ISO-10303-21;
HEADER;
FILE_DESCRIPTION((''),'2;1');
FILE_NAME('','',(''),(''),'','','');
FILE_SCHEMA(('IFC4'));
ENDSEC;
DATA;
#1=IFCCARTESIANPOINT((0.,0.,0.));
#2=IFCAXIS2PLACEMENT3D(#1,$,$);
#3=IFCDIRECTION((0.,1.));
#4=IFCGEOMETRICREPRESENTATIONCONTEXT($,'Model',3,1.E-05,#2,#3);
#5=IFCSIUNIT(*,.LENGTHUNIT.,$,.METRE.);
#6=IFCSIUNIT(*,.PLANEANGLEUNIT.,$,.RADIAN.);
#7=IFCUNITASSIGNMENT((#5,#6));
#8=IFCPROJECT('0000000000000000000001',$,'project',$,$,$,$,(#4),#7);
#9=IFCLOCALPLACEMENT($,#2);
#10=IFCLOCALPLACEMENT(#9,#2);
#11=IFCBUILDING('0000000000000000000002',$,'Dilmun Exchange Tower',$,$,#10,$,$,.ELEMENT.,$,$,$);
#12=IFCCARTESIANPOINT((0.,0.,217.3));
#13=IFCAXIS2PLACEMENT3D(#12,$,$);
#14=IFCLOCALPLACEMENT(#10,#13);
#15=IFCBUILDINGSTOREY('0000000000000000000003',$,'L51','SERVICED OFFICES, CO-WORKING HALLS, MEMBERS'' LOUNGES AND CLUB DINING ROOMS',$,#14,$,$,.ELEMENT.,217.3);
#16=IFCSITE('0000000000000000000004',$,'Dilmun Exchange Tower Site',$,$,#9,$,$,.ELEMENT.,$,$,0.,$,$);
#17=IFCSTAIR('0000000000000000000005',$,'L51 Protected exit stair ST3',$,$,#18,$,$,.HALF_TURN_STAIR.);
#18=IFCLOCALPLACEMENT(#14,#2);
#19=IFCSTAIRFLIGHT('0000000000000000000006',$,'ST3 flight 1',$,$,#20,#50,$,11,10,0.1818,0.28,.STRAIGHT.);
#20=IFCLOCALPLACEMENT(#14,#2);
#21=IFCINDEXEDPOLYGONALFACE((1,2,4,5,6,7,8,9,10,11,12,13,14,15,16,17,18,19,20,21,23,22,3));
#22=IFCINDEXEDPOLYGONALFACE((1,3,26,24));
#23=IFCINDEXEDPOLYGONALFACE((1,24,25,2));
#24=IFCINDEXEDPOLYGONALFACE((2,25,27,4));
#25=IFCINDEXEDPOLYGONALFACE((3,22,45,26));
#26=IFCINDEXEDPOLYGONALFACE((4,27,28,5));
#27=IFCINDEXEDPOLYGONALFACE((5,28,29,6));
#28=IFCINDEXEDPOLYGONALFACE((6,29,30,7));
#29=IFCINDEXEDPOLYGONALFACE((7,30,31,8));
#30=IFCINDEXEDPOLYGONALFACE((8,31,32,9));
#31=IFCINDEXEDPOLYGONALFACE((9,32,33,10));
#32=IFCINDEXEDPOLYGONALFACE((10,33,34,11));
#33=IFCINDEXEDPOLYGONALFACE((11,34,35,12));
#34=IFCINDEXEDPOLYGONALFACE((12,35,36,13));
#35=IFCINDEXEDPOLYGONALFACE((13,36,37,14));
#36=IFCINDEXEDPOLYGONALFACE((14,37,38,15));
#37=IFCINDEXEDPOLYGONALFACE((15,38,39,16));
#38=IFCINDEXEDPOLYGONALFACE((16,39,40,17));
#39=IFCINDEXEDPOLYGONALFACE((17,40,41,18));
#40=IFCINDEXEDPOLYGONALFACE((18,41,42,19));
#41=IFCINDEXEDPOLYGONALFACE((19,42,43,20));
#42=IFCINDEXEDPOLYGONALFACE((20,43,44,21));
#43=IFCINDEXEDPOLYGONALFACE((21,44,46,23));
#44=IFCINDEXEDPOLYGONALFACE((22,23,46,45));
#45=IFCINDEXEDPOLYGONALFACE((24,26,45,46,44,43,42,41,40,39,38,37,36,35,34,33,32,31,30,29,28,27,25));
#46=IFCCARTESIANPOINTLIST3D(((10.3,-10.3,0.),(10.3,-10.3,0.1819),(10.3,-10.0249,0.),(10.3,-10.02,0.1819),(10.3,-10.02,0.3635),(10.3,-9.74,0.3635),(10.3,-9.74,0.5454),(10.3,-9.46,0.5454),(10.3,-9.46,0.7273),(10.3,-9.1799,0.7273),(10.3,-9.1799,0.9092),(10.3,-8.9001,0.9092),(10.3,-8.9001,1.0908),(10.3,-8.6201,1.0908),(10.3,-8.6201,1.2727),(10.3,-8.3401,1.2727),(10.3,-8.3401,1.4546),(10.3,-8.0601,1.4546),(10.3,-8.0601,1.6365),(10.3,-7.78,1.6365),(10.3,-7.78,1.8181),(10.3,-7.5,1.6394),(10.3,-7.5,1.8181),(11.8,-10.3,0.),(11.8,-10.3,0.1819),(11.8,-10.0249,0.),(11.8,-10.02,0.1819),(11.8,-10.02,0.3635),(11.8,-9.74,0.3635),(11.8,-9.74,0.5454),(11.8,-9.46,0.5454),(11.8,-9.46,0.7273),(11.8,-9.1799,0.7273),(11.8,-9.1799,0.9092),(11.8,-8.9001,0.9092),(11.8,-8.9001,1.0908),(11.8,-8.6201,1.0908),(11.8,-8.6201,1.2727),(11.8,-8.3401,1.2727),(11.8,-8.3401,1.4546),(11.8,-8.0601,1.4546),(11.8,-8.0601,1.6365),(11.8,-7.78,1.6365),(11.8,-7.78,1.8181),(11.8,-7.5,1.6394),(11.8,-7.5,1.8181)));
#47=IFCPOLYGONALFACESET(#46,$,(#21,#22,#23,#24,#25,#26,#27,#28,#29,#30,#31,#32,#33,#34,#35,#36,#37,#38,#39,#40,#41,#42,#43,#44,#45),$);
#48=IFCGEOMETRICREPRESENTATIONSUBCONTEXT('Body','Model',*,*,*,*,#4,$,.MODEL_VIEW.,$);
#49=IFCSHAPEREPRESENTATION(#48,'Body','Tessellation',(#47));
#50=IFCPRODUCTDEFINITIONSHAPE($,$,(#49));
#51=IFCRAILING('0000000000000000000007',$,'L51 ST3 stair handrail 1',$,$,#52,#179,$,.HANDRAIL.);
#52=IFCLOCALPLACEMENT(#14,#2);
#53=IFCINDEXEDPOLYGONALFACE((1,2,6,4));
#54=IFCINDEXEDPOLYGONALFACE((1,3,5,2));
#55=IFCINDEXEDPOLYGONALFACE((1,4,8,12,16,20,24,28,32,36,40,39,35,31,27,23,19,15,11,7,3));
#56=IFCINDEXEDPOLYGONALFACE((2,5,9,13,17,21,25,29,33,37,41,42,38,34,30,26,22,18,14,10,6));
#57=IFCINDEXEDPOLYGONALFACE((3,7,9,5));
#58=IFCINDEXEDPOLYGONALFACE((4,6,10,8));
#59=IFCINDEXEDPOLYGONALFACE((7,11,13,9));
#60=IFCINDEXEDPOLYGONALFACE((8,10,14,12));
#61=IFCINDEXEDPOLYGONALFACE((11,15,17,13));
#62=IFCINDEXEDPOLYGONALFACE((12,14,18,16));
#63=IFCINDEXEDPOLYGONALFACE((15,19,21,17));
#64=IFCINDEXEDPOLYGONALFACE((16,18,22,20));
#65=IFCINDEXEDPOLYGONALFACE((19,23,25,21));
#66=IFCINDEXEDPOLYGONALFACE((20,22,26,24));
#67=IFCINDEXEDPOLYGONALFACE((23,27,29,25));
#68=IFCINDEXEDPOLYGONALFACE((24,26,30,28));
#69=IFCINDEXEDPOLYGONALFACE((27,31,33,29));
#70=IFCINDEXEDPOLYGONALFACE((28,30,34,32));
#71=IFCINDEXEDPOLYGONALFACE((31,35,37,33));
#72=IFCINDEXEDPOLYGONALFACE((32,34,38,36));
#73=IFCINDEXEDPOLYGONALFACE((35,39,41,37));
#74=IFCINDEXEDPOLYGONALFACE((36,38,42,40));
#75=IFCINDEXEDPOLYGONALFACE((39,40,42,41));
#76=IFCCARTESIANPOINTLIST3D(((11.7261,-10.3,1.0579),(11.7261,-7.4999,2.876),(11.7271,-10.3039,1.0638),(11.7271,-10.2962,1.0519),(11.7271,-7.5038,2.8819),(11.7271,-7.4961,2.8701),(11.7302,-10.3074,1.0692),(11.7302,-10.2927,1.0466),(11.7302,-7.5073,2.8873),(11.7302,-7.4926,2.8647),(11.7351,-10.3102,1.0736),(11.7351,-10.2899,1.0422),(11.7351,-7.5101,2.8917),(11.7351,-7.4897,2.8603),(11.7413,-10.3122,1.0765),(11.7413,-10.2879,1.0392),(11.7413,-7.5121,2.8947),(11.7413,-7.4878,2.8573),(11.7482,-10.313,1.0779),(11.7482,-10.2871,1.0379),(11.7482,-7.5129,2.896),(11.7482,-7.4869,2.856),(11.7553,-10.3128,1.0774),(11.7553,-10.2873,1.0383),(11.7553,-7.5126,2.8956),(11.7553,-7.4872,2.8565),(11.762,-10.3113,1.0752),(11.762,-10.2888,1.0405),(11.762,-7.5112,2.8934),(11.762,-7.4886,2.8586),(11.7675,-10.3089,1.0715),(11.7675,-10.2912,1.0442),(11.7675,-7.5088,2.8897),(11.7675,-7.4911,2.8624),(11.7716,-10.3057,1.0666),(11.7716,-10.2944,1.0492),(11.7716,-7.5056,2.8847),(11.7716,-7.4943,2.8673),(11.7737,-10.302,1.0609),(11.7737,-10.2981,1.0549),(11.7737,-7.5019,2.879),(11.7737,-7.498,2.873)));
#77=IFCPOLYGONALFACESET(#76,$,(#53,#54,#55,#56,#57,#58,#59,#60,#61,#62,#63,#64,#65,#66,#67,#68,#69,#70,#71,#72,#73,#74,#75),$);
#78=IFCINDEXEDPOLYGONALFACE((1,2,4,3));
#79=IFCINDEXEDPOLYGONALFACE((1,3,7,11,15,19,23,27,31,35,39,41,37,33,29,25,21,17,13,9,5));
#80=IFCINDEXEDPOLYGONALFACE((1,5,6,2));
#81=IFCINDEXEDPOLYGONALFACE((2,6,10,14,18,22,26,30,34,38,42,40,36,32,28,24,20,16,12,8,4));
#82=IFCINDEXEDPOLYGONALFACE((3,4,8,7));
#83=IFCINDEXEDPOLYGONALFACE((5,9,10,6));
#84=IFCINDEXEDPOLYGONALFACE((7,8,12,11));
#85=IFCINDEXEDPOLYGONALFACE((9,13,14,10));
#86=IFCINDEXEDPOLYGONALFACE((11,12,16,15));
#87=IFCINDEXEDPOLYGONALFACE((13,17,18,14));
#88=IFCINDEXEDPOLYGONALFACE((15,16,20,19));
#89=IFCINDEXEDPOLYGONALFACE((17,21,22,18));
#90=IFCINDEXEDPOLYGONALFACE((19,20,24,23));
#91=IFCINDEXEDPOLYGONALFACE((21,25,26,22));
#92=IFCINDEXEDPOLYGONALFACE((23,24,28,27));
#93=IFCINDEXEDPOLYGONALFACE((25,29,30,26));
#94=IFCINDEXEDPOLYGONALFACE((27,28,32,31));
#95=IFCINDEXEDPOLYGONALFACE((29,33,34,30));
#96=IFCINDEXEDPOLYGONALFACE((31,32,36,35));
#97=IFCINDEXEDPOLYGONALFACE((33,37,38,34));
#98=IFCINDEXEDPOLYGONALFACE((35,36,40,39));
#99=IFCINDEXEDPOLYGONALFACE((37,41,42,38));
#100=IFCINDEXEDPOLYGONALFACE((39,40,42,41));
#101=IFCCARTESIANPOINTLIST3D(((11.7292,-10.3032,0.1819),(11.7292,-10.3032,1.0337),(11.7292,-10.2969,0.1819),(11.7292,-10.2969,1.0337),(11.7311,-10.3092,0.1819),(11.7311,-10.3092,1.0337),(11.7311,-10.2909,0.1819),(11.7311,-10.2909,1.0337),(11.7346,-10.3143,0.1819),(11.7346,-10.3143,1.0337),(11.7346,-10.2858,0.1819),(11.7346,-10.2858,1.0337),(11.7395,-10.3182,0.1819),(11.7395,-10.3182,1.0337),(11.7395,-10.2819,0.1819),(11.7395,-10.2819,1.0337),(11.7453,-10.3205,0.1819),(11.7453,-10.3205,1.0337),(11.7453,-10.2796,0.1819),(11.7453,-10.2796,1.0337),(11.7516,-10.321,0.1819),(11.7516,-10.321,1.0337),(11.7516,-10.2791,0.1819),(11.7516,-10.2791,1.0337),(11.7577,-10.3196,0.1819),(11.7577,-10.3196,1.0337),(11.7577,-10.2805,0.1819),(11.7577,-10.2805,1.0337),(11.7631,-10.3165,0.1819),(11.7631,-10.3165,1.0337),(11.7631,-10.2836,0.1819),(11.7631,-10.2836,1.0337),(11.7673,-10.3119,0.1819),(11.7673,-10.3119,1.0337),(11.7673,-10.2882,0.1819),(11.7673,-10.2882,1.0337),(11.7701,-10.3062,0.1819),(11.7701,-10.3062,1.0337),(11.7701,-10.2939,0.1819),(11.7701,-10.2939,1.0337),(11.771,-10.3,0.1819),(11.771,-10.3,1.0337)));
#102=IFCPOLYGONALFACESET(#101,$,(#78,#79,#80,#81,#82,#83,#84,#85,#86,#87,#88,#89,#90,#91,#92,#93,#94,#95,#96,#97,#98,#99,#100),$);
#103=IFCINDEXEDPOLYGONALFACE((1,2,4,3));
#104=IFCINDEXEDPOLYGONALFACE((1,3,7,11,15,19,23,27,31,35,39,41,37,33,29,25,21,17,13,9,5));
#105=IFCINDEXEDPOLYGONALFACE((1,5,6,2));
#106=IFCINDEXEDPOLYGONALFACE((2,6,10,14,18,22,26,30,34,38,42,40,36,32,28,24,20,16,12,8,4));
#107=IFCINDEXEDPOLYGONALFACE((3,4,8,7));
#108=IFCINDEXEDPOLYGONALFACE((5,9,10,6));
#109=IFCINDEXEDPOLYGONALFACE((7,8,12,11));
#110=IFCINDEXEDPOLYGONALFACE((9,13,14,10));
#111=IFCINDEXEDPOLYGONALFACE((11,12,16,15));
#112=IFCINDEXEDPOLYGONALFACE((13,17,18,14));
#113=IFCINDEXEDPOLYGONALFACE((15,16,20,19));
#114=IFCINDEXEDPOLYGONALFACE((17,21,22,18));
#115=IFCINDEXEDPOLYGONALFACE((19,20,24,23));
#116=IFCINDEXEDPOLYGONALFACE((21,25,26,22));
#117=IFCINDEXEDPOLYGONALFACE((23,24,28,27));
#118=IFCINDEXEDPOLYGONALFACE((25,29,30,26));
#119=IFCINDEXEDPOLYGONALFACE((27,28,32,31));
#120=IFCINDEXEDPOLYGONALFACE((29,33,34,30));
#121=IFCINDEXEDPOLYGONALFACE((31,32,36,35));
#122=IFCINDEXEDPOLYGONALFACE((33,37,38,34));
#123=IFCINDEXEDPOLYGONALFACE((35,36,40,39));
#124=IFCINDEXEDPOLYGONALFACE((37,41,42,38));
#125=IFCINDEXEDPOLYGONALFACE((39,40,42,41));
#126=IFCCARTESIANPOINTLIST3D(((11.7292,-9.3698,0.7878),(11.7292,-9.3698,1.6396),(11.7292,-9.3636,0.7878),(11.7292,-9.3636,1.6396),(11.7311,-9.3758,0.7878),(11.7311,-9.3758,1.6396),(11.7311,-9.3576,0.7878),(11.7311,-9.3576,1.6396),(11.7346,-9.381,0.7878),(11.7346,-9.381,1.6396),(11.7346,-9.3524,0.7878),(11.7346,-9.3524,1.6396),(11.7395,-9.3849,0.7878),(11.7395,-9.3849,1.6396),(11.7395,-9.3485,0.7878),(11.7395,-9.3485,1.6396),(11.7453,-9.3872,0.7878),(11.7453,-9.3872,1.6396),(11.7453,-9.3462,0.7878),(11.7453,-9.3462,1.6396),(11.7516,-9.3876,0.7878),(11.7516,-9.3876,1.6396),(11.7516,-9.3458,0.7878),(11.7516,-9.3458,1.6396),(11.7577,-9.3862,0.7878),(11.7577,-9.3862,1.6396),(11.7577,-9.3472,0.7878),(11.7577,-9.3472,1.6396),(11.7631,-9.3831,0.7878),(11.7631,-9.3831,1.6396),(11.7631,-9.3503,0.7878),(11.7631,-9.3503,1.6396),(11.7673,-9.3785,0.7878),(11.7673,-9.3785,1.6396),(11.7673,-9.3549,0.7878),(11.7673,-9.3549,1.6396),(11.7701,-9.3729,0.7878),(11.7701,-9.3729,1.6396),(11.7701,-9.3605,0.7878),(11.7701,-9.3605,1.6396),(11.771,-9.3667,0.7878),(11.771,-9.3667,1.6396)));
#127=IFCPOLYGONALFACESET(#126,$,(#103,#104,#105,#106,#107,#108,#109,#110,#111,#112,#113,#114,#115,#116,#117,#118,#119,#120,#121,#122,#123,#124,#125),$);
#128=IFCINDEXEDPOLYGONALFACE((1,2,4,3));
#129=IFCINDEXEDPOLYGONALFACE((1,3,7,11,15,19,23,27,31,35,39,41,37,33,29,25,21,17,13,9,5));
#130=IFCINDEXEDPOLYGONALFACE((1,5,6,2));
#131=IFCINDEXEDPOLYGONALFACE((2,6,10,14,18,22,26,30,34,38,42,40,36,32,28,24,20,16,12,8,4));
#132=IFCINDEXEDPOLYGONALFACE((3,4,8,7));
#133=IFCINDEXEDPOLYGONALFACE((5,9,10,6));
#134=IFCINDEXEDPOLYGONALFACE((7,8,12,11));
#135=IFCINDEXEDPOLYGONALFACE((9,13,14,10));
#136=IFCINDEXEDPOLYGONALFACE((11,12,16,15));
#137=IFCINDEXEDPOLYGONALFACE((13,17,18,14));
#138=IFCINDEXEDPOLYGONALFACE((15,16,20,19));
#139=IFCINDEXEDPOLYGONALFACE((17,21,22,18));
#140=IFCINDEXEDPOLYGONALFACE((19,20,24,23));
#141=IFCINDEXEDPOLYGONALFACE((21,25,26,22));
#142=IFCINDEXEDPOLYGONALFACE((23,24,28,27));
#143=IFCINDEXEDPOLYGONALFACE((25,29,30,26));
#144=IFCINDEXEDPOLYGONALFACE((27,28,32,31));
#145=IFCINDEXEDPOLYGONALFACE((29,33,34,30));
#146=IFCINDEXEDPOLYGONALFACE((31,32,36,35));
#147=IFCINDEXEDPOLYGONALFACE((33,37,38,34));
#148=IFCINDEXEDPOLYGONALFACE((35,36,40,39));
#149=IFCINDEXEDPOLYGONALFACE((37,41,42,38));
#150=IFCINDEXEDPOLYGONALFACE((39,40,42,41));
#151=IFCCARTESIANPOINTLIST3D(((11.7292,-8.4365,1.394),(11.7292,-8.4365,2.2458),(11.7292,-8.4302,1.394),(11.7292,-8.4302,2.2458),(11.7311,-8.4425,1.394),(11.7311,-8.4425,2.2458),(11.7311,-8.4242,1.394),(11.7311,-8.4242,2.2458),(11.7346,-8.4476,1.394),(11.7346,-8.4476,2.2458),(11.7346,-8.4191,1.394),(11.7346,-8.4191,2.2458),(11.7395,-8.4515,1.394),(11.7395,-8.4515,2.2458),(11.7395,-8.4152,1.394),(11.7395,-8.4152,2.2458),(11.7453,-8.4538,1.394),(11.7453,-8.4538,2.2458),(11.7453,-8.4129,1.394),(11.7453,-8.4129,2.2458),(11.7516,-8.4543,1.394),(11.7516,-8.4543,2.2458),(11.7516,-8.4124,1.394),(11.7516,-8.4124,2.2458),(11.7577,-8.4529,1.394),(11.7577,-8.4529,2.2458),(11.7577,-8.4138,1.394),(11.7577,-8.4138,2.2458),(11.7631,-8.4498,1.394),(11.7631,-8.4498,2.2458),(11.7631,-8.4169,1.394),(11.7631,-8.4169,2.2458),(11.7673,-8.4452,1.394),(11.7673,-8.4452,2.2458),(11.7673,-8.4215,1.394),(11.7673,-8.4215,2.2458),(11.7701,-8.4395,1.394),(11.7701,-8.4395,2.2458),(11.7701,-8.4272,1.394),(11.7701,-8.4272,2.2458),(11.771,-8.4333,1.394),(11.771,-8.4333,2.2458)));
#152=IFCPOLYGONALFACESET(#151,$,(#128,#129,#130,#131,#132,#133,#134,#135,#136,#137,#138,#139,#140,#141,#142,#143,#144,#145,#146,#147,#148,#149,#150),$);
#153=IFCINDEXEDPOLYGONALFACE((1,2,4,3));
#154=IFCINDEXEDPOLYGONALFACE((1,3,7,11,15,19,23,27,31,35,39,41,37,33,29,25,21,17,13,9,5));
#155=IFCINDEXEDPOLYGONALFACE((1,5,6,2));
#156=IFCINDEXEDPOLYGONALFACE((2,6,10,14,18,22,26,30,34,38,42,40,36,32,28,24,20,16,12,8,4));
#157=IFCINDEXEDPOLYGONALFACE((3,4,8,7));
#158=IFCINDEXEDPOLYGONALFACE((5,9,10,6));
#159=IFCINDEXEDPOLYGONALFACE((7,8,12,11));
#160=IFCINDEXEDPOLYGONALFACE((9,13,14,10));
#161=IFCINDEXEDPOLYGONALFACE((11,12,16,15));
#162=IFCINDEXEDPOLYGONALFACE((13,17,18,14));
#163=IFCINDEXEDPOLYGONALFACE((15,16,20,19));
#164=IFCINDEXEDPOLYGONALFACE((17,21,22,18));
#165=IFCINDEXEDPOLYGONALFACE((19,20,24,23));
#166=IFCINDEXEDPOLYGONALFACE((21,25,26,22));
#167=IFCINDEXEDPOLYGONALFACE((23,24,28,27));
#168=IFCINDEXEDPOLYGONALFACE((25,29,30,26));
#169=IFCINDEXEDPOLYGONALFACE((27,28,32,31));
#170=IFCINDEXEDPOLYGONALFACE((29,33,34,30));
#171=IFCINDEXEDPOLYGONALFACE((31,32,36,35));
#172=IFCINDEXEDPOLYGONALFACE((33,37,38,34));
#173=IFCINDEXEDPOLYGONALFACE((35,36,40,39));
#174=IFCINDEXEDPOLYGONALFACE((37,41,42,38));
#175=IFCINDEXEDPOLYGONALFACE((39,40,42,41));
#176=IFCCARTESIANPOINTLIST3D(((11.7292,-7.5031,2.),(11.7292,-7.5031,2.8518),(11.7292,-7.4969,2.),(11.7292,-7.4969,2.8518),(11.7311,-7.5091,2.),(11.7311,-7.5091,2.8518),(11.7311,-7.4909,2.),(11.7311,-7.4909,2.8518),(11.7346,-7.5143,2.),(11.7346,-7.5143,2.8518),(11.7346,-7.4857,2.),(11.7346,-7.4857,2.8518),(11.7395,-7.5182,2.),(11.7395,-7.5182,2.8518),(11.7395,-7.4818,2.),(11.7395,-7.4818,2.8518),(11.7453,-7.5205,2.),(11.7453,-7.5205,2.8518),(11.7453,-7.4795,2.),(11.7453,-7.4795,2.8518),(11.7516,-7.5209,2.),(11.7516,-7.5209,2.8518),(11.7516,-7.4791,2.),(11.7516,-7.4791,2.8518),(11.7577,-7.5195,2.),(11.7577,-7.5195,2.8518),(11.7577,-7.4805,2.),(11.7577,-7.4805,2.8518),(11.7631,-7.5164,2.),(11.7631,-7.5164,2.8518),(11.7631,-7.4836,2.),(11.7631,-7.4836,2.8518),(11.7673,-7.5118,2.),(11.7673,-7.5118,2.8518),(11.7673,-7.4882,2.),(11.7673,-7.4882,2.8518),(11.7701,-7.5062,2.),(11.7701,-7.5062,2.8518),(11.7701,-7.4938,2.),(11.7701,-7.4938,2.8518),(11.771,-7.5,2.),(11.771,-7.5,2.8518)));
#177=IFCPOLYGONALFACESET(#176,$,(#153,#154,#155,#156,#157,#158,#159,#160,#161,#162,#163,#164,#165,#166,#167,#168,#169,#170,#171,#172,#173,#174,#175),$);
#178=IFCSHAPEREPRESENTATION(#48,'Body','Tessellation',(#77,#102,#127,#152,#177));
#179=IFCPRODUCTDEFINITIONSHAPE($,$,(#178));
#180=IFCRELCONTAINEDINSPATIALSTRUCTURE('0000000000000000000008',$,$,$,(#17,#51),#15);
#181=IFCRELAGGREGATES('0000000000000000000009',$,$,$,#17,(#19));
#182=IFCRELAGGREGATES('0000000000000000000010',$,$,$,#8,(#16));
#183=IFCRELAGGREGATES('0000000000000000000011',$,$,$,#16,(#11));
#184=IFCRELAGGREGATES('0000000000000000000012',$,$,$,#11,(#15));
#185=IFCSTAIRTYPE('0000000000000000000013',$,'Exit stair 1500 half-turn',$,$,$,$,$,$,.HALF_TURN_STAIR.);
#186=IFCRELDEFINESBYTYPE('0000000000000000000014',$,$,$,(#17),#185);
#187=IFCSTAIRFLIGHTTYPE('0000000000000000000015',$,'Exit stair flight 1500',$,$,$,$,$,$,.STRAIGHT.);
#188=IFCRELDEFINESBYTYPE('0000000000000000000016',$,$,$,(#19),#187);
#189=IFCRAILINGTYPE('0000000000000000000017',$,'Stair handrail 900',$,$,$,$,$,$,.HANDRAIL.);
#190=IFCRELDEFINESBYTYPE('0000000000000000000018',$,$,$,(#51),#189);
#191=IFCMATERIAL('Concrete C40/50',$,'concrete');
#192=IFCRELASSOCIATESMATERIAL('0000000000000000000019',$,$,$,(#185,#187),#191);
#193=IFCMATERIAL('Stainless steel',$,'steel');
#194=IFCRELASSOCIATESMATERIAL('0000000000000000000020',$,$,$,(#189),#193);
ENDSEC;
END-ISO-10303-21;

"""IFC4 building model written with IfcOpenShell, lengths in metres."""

from ifc_helpers import new_model, si_unit, direction, frame, origin, origin_2d, place, context, subcontext, project, spatial, polyline, circle, outline, extrude, material, type_object, element, aggregate, save


model = new_model("IFC4")

# Units and contexts
model_context = context("Model", 3, precision=1e-05, world=origin(), true_north=direction((0.0, 1.0)))
body_context = subcontext(model_context, "Body", "Model", "MODEL_VIEW")
ifc_project = project(units=[si_unit("LENGTHUNIT", "METRE"), si_unit("PLANEANGLEUNIT", "RADIAN")], contexts=[model_context])

# Site, building, storey
site_placement = place(None, origin())
site = spatial("IfcSite", under=ifc_project, at=site_placement, Name="Dilmun Exchange Tower Site", CompositionType="ELEMENT", RefElevation=0.0)
building_placement = place(site_placement, origin())
building = spatial("IfcBuilding", under=site, at=building_placement, Name="Dilmun Exchange Tower", CompositionType="ELEMENT")
storey_placement = place(building_placement, frame((0.0, 0.0, 217.3)))
storey = spatial("IfcBuildingStorey", under=building, at=storey_placement, Name="L51", Description="SERVICED OFFICES, CO-WORKING HALLS, MEMBERS' LOUNGES AND CLUB DINING ROOMS", CompositionType="ELEMENT", Elevation=217.3)

# Shared definitions
ifc_material_1 = material(Name="Concrete C40/50", Category="concrete")

# Stair, stair flight
stair_type = type_object("IfcStairType", Name="Exit stair 1500 half-turn", PredefinedType="HALF_TURN_STAIR", material=ifc_material_1)
stair_placement = place(storey_placement, origin())
stair = element("IfcStair", 1, at=stair_placement, inside=storey, type_object=stair_type, Name="L51 Protected exit stair ST3", PredefinedType="HALF_TURN_STAIR")
stair_flight_type = type_object("IfcStairFlightType", Name="Exit stair flight 1500", PredefinedType="STRAIGHT", material=ifc_material_1)
stair_flight_placement = place(storey_placement, frame((11.05, -10.3, 0.0), z_axis=(0.0, 0.0, 1.0), x_axis=(0.0, 1.0, 0.0)))
stair_flight = element("IfcStairFlight", 2, at=stair_flight_placement, type_object=stair_flight_type, Name="ST3 flight 1", NumberOfRisers=11, NumberOfTreads=10, PredefinedType="STRAIGHT", RiserHeight=0.1818, TreadLength=0.28, context=body_context, shape_type="SweptSolid", body=[
    extrude(outline(polyline([(0.0, 0.0), (0.0, 0.1819), (0.28, 0.1819), (0.28, 0.3635), (0.5601, 0.3635), (0.5601, 0.5454), (0.8401, 0.5454), (0.8401, 0.7273), (1.1201, 0.7273), (1.1201, 0.9092), (1.3999, 0.9092), (1.3999, 1.0908), (1.6799, 1.0908), (1.6799, 1.2727), (1.96, 1.2727), (1.96, 1.4546), (2.24, 1.4546), (2.24, 1.6365), (2.52, 1.6365), (2.52, 1.8181), (2.8, 1.8181), (2.8, 2.0), (2.8, 1.6394), (0.2751, 0.0), (0.0, 0.0)])), frame((0.0, 0.75, 0.0), z_axis=(0.0, -1.0, 0.0), x_axis=(1.0, 0.0, 0.0)), (0.0, 0.0, 1.0), 1.5),
])
aggregate(stair, [stair_flight])

# Railing
ifc_material_2 = material(Name="Stainless steel", Category="steel")
railing_type = type_object("IfcRailingType", Name="Stair handrail 900", PredefinedType="HANDRAIL", material=ifc_material_2)
railing_1_placement = place(storey_placement, frame((11.75, -10.3, 0.1819)))
element("IfcRailing", 3, at=railing_1_placement, inside=storey, type_object=railing_type, Name="L51 ST3 stair handrail 1", PredefinedType="HANDRAIL", context=body_context, shape_type="SweptSolid", body=[
    extrude(circle(Radius=0.0239, at=origin_2d()), frame((0.0, 0.0, 0.876), z_axis=(0.0, 0.838706, 0.544585), x_axis=(-1.0, 0.0, 0.0)), (0.0, 0.0, 1.0), 3.3386),
    extrude(circle(Radius=0.021, at=origin_2d()), origin(), (0.0, 0.0, 1.0), 0.8518),
    extrude(circle(Radius=0.021, at=origin_2d()), frame((0.0, 0.9333, 0.606)), (0.0, 0.0, 1.0), 0.8518),
    extrude(circle(Radius=0.021, at=origin_2d()), frame((0.0, 1.8667, 1.2122)), (0.0, 0.0, 1.0), 0.8518),
    extrude(circle(Radius=0.021, at=origin_2d()), frame((0.0, 2.8, 1.8181)), (0.0, 0.0, 1.0), 0.8518),
])

save(model, "model.ifc")
